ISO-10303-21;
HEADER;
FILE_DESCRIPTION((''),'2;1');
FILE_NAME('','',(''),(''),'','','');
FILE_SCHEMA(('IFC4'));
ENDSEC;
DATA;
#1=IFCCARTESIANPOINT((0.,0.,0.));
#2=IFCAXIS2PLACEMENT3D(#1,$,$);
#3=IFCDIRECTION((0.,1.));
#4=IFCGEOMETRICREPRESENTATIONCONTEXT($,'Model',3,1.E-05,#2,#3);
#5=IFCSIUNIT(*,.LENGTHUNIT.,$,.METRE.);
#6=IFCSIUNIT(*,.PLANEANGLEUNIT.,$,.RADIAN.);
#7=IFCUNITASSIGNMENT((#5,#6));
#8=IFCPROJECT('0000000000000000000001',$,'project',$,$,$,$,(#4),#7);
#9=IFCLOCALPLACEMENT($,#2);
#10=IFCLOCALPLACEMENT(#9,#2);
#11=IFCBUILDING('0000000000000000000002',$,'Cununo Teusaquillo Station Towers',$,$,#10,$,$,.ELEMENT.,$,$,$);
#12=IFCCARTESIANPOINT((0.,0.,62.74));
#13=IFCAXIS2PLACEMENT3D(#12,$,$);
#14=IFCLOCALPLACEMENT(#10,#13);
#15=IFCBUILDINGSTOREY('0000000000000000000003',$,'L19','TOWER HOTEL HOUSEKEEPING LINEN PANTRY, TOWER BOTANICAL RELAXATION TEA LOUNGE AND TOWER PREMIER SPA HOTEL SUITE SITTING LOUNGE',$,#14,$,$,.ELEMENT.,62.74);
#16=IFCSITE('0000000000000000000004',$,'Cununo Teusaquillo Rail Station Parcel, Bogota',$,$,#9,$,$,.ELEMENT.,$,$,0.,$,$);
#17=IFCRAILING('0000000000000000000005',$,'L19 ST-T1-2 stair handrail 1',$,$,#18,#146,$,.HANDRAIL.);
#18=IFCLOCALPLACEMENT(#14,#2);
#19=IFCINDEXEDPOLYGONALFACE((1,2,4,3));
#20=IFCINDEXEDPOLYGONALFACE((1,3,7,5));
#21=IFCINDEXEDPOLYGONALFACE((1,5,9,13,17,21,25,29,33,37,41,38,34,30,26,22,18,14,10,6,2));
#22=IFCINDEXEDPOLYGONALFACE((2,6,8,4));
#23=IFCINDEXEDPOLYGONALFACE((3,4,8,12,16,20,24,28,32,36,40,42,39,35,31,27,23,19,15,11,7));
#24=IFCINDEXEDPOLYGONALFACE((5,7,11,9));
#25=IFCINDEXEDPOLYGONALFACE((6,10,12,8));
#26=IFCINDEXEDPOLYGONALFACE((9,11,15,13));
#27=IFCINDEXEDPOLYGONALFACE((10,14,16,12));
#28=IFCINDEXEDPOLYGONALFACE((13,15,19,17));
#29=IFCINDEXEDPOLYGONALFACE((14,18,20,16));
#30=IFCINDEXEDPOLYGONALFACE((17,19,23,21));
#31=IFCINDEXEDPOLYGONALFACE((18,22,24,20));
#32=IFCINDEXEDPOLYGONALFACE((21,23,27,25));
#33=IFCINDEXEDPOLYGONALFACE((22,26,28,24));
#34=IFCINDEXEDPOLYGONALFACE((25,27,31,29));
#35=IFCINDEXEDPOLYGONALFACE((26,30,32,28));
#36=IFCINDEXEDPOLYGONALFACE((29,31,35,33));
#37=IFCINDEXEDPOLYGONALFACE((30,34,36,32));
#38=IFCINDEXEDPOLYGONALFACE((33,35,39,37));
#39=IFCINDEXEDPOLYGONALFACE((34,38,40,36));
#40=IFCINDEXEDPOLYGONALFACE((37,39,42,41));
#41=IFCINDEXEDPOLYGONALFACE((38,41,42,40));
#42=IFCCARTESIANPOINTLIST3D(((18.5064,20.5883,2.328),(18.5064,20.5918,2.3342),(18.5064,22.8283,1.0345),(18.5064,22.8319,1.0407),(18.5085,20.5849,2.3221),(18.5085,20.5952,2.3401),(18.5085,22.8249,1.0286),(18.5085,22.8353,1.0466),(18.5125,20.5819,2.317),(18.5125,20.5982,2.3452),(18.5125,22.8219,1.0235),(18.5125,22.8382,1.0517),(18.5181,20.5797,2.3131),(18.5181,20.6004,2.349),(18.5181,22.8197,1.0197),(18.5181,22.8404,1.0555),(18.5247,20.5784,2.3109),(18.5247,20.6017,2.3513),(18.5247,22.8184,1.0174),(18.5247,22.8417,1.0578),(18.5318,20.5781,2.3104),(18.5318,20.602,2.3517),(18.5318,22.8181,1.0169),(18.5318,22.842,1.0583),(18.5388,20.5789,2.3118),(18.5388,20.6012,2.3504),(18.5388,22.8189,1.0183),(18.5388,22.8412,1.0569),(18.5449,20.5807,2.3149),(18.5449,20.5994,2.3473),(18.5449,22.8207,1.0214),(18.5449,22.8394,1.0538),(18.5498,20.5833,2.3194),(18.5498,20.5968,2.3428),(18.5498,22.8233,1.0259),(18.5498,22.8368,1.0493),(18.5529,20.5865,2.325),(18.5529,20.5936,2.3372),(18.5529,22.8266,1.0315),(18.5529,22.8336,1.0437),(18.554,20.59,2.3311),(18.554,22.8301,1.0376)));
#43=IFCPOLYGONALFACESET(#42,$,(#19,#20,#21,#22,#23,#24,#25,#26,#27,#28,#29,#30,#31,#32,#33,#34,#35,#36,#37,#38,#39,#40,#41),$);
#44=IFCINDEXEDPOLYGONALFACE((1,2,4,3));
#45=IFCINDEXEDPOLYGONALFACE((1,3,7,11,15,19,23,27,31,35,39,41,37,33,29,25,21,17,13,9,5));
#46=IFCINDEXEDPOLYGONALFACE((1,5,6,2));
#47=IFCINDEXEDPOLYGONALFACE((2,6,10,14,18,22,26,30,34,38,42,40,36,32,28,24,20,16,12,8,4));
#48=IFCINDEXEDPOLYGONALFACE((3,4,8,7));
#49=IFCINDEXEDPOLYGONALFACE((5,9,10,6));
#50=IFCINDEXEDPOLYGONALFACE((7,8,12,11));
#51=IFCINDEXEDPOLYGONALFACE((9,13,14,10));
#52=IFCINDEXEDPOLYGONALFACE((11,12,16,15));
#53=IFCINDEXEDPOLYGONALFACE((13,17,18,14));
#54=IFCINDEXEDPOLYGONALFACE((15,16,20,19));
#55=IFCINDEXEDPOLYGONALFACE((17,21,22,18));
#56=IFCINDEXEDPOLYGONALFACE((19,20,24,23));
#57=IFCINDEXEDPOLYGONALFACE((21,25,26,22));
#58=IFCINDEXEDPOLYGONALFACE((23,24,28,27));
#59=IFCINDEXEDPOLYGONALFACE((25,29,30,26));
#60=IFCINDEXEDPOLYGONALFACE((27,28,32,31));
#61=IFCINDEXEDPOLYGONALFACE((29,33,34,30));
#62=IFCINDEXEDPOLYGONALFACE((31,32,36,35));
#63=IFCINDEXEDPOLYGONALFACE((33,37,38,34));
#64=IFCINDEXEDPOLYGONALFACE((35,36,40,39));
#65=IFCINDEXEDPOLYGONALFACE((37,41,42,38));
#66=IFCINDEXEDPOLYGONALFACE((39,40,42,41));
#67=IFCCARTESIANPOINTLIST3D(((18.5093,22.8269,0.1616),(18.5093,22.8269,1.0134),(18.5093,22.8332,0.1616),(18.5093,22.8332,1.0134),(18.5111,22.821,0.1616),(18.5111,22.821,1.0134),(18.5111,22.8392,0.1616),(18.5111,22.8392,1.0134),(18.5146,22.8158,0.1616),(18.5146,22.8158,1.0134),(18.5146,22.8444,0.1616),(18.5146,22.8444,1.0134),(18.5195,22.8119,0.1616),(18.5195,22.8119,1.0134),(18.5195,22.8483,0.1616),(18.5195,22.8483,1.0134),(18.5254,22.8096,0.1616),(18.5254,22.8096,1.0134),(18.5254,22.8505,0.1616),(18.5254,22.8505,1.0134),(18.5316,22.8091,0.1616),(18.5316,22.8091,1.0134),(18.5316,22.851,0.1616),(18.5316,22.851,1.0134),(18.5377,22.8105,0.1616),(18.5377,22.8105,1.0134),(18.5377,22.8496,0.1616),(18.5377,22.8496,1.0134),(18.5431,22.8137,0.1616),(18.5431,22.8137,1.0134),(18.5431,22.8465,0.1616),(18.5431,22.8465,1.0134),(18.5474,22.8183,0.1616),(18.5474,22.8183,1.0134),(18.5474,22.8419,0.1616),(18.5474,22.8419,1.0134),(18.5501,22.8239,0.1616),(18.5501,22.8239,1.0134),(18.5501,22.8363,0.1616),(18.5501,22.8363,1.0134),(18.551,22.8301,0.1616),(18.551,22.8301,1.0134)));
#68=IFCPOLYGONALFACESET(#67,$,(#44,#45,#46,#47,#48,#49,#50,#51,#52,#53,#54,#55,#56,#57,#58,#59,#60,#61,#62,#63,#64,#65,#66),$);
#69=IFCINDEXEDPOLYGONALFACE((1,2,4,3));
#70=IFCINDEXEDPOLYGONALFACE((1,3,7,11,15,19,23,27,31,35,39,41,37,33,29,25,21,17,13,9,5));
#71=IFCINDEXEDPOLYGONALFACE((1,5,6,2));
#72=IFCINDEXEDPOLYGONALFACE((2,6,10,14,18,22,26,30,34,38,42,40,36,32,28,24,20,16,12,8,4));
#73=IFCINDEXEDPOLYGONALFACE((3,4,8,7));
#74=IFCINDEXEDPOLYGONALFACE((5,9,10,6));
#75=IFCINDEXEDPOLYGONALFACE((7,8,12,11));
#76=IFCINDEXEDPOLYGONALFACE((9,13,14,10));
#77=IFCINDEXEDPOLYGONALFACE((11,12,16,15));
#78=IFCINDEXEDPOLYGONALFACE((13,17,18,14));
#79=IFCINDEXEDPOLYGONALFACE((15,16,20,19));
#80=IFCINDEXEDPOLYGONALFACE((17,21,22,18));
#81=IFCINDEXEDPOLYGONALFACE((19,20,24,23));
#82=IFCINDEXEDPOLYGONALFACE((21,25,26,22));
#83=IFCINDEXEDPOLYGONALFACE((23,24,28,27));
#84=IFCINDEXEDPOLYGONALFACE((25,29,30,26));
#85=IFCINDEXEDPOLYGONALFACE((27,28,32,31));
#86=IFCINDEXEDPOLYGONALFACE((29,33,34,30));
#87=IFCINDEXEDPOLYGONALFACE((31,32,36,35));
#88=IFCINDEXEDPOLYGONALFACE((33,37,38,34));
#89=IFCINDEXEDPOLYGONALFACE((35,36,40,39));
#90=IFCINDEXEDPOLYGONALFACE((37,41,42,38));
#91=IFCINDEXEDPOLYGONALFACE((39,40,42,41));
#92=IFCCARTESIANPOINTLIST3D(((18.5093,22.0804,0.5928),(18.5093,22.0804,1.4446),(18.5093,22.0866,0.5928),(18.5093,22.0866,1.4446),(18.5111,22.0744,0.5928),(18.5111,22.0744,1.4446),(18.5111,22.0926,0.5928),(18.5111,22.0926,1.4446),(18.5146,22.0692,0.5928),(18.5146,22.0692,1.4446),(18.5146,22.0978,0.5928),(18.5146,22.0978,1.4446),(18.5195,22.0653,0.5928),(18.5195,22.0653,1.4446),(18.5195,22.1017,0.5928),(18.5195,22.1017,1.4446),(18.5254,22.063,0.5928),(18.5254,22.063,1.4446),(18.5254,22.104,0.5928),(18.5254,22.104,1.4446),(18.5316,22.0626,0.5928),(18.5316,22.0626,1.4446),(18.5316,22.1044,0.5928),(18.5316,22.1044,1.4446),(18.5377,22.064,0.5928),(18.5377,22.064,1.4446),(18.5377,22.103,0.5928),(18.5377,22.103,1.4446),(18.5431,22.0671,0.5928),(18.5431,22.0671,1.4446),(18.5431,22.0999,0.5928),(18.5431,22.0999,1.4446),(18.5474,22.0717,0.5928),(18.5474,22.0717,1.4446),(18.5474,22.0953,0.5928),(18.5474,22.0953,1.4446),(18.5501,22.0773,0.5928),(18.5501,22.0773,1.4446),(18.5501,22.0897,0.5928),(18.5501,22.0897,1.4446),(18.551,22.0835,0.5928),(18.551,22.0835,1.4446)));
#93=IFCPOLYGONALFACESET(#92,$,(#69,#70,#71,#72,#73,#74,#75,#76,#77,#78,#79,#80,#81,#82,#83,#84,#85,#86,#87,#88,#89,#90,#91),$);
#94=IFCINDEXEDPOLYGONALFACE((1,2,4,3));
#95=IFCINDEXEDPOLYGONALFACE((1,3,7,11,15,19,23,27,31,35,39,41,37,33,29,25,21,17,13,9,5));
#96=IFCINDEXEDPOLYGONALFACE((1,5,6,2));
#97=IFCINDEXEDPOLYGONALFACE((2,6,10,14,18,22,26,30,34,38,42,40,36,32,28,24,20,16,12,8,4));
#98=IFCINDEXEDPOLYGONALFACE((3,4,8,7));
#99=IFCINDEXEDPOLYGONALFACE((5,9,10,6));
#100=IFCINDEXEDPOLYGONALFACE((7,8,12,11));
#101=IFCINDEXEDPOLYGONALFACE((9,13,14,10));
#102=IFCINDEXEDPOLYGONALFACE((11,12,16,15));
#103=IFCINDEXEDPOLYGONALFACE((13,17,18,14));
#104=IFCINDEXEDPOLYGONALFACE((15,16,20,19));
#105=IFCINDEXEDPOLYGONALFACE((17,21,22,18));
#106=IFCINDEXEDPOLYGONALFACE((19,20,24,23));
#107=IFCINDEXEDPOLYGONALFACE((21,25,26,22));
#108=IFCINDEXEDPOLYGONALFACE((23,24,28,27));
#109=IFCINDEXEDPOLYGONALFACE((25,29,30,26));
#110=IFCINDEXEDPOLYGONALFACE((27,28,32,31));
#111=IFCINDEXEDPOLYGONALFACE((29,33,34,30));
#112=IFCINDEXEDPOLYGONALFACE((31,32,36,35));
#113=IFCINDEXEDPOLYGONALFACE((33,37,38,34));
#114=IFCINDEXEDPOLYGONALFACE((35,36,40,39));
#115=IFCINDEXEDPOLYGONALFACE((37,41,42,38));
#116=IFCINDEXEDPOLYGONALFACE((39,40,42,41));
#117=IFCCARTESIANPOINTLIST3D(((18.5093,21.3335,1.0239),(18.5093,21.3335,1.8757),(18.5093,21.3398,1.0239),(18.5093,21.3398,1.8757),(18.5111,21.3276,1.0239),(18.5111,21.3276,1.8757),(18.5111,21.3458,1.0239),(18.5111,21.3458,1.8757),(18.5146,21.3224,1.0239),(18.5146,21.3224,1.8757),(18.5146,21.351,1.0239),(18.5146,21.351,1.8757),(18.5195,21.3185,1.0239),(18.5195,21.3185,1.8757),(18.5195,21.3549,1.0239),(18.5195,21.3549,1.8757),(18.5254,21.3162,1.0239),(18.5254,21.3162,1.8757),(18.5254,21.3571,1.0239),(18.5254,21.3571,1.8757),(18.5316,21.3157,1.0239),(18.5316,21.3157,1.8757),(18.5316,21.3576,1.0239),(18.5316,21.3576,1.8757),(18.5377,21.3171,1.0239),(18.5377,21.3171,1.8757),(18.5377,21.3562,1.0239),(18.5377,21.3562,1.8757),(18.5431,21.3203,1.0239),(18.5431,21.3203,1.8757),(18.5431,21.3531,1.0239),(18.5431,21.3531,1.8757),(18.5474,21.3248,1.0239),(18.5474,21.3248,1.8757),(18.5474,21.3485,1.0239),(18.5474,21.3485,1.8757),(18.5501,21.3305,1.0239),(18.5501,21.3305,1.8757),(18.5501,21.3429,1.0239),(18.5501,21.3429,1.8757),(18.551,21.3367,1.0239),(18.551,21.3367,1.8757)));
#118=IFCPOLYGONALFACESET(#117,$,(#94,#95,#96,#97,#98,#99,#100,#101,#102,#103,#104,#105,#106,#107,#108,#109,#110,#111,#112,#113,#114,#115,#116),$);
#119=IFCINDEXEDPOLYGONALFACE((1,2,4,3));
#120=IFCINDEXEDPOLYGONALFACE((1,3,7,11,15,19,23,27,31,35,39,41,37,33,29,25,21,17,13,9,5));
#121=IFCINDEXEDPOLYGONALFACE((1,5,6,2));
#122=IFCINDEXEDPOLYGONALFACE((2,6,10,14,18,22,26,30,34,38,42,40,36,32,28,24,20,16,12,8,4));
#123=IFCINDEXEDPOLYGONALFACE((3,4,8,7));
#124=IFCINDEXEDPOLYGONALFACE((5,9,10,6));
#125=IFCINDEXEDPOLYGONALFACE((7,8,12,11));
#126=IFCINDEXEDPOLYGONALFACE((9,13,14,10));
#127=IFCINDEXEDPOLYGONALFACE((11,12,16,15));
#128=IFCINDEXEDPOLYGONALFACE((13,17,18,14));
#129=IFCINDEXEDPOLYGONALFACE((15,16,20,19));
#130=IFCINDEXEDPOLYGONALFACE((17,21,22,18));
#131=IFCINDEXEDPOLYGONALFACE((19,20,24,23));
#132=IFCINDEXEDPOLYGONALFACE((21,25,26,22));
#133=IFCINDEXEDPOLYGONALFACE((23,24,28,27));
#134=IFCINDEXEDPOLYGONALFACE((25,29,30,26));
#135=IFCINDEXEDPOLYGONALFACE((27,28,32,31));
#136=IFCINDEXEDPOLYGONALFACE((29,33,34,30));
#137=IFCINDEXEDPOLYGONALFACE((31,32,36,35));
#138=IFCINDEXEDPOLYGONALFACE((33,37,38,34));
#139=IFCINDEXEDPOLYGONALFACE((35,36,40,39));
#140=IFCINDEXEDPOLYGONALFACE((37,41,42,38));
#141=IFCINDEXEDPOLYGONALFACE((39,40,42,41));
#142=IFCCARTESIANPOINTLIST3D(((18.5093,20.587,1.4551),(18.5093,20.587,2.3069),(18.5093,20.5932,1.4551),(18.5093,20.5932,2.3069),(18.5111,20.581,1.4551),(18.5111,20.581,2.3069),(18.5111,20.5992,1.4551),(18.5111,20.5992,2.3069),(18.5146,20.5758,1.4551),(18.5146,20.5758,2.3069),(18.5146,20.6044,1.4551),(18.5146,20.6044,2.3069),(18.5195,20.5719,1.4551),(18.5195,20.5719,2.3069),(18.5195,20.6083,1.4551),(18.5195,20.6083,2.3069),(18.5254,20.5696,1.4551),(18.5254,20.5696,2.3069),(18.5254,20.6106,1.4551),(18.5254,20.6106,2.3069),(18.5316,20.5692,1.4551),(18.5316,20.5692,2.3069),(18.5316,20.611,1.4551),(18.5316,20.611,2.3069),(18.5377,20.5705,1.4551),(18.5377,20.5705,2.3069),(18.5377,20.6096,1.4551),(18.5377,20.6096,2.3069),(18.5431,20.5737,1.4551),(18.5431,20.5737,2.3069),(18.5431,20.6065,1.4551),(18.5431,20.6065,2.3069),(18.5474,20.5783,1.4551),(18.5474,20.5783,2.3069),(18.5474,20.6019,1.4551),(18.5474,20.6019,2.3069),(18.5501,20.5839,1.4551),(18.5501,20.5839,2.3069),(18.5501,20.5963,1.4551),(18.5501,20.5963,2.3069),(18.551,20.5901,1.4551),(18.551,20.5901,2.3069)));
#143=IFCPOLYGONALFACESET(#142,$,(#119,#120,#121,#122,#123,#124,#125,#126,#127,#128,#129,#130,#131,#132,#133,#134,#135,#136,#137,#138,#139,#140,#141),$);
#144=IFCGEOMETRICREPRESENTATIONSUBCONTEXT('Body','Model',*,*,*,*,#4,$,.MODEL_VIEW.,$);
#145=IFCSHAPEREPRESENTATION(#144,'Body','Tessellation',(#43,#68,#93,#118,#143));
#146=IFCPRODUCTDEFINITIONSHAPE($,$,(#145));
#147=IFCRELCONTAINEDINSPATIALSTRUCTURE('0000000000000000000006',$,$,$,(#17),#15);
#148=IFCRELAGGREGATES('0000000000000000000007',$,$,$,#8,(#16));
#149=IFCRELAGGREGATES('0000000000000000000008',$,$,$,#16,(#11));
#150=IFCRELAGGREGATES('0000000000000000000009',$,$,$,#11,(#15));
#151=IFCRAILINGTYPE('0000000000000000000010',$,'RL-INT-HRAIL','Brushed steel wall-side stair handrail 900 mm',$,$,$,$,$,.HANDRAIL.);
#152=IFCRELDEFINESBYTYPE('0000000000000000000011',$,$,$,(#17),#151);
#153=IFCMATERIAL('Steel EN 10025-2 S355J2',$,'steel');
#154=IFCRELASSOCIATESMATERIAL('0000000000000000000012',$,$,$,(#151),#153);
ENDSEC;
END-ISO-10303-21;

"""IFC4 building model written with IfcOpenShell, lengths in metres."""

from ifc_helpers import new_model, si_unit, direction, frame, origin, origin_2d, place, context, subcontext, project, spatial, circle, extrude, material, type_object, element, save


model = new_model("IFC4")

# Units and contexts
model_context = context("Model", 3, precision=1e-05, world=origin(), true_north=direction((0.0, 1.0)))
body_context = subcontext(model_context, "Body", "Model", "MODEL_VIEW")
ifc_project = project(units=[si_unit("LENGTHUNIT", "METRE"), si_unit("PLANEANGLEUNIT", "RADIAN")], contexts=[model_context])

# Site, building, storey
site_placement = place(None, origin())
site = spatial("IfcSite", under=ifc_project, at=site_placement, Name="Cununo Teusaquillo Rail Station Parcel, Bogota", CompositionType="ELEMENT", RefElevation=0.0)
building_placement = place(site_placement, origin())
building = spatial("IfcBuilding", under=site, at=building_placement, Name="Cununo Teusaquillo Station Towers", CompositionType="ELEMENT")
storey_placement = place(building_placement, frame((0.0, 0.0, 62.74)))
storey = spatial("IfcBuildingStorey", under=building, at=storey_placement, Name="L19", Description="TOWER HOTEL HOUSEKEEPING LINEN PANTRY, TOWER BOTANICAL RELAXATION TEA LOUNGE AND TOWER PREMIER SPA HOTEL SUITE SITTING LOUNGE", CompositionType="ELEMENT", Elevation=62.74)

# Railing
ifc_material_1 = material(Name="Steel EN 10025-2 S355J2", Category="steel")
railing_type_1 = type_object("IfcRailingType", Name="RL-INT-HRAIL", Description="Brushed steel wall-side stair handrail 900 mm", PredefinedType="HANDRAIL", material=ifc_material_1)
railing_1_placement = place(storey_placement, frame((18.53, 22.8301, 0.1616)))
element("IfcRailing", 1, at=railing_1_placement, inside=storey, type_object=railing_type_1, Name="L19 ST-T1-2 stair handrail 1", PredefinedType="HANDRAIL", context=body_context, shape_type="SweptSolid", body=[
    extrude(circle(Radius=0.0239, at=origin_2d()), frame((0.0, 0.0, 0.876), z_axis=(0.0, -0.865992, 0.500057), x_axis=(1.0, 0.0, 0.0)), (0.0, 0.0, 1.0), 2.5867),
    extrude(circle(Radius=0.021, at=origin_2d()), origin(), (0.0, 0.0, 1.0), 0.8518),
    extrude(circle(Radius=0.021, at=origin_2d()), frame((0.0, -0.7466, 0.4312)), (0.0, 0.0, 1.0), 0.8518),
    extrude(circle(Radius=0.021, at=origin_2d()), frame((0.0, -1.4934, 0.8623)), (0.0, 0.0, 1.0), 0.8518),
    extrude(circle(Radius=0.021, at=origin_2d()), frame((0.0, -2.24, 1.2935)), (0.0, 0.0, 1.0), 0.8518),
])

save(model, "model.ifc")
